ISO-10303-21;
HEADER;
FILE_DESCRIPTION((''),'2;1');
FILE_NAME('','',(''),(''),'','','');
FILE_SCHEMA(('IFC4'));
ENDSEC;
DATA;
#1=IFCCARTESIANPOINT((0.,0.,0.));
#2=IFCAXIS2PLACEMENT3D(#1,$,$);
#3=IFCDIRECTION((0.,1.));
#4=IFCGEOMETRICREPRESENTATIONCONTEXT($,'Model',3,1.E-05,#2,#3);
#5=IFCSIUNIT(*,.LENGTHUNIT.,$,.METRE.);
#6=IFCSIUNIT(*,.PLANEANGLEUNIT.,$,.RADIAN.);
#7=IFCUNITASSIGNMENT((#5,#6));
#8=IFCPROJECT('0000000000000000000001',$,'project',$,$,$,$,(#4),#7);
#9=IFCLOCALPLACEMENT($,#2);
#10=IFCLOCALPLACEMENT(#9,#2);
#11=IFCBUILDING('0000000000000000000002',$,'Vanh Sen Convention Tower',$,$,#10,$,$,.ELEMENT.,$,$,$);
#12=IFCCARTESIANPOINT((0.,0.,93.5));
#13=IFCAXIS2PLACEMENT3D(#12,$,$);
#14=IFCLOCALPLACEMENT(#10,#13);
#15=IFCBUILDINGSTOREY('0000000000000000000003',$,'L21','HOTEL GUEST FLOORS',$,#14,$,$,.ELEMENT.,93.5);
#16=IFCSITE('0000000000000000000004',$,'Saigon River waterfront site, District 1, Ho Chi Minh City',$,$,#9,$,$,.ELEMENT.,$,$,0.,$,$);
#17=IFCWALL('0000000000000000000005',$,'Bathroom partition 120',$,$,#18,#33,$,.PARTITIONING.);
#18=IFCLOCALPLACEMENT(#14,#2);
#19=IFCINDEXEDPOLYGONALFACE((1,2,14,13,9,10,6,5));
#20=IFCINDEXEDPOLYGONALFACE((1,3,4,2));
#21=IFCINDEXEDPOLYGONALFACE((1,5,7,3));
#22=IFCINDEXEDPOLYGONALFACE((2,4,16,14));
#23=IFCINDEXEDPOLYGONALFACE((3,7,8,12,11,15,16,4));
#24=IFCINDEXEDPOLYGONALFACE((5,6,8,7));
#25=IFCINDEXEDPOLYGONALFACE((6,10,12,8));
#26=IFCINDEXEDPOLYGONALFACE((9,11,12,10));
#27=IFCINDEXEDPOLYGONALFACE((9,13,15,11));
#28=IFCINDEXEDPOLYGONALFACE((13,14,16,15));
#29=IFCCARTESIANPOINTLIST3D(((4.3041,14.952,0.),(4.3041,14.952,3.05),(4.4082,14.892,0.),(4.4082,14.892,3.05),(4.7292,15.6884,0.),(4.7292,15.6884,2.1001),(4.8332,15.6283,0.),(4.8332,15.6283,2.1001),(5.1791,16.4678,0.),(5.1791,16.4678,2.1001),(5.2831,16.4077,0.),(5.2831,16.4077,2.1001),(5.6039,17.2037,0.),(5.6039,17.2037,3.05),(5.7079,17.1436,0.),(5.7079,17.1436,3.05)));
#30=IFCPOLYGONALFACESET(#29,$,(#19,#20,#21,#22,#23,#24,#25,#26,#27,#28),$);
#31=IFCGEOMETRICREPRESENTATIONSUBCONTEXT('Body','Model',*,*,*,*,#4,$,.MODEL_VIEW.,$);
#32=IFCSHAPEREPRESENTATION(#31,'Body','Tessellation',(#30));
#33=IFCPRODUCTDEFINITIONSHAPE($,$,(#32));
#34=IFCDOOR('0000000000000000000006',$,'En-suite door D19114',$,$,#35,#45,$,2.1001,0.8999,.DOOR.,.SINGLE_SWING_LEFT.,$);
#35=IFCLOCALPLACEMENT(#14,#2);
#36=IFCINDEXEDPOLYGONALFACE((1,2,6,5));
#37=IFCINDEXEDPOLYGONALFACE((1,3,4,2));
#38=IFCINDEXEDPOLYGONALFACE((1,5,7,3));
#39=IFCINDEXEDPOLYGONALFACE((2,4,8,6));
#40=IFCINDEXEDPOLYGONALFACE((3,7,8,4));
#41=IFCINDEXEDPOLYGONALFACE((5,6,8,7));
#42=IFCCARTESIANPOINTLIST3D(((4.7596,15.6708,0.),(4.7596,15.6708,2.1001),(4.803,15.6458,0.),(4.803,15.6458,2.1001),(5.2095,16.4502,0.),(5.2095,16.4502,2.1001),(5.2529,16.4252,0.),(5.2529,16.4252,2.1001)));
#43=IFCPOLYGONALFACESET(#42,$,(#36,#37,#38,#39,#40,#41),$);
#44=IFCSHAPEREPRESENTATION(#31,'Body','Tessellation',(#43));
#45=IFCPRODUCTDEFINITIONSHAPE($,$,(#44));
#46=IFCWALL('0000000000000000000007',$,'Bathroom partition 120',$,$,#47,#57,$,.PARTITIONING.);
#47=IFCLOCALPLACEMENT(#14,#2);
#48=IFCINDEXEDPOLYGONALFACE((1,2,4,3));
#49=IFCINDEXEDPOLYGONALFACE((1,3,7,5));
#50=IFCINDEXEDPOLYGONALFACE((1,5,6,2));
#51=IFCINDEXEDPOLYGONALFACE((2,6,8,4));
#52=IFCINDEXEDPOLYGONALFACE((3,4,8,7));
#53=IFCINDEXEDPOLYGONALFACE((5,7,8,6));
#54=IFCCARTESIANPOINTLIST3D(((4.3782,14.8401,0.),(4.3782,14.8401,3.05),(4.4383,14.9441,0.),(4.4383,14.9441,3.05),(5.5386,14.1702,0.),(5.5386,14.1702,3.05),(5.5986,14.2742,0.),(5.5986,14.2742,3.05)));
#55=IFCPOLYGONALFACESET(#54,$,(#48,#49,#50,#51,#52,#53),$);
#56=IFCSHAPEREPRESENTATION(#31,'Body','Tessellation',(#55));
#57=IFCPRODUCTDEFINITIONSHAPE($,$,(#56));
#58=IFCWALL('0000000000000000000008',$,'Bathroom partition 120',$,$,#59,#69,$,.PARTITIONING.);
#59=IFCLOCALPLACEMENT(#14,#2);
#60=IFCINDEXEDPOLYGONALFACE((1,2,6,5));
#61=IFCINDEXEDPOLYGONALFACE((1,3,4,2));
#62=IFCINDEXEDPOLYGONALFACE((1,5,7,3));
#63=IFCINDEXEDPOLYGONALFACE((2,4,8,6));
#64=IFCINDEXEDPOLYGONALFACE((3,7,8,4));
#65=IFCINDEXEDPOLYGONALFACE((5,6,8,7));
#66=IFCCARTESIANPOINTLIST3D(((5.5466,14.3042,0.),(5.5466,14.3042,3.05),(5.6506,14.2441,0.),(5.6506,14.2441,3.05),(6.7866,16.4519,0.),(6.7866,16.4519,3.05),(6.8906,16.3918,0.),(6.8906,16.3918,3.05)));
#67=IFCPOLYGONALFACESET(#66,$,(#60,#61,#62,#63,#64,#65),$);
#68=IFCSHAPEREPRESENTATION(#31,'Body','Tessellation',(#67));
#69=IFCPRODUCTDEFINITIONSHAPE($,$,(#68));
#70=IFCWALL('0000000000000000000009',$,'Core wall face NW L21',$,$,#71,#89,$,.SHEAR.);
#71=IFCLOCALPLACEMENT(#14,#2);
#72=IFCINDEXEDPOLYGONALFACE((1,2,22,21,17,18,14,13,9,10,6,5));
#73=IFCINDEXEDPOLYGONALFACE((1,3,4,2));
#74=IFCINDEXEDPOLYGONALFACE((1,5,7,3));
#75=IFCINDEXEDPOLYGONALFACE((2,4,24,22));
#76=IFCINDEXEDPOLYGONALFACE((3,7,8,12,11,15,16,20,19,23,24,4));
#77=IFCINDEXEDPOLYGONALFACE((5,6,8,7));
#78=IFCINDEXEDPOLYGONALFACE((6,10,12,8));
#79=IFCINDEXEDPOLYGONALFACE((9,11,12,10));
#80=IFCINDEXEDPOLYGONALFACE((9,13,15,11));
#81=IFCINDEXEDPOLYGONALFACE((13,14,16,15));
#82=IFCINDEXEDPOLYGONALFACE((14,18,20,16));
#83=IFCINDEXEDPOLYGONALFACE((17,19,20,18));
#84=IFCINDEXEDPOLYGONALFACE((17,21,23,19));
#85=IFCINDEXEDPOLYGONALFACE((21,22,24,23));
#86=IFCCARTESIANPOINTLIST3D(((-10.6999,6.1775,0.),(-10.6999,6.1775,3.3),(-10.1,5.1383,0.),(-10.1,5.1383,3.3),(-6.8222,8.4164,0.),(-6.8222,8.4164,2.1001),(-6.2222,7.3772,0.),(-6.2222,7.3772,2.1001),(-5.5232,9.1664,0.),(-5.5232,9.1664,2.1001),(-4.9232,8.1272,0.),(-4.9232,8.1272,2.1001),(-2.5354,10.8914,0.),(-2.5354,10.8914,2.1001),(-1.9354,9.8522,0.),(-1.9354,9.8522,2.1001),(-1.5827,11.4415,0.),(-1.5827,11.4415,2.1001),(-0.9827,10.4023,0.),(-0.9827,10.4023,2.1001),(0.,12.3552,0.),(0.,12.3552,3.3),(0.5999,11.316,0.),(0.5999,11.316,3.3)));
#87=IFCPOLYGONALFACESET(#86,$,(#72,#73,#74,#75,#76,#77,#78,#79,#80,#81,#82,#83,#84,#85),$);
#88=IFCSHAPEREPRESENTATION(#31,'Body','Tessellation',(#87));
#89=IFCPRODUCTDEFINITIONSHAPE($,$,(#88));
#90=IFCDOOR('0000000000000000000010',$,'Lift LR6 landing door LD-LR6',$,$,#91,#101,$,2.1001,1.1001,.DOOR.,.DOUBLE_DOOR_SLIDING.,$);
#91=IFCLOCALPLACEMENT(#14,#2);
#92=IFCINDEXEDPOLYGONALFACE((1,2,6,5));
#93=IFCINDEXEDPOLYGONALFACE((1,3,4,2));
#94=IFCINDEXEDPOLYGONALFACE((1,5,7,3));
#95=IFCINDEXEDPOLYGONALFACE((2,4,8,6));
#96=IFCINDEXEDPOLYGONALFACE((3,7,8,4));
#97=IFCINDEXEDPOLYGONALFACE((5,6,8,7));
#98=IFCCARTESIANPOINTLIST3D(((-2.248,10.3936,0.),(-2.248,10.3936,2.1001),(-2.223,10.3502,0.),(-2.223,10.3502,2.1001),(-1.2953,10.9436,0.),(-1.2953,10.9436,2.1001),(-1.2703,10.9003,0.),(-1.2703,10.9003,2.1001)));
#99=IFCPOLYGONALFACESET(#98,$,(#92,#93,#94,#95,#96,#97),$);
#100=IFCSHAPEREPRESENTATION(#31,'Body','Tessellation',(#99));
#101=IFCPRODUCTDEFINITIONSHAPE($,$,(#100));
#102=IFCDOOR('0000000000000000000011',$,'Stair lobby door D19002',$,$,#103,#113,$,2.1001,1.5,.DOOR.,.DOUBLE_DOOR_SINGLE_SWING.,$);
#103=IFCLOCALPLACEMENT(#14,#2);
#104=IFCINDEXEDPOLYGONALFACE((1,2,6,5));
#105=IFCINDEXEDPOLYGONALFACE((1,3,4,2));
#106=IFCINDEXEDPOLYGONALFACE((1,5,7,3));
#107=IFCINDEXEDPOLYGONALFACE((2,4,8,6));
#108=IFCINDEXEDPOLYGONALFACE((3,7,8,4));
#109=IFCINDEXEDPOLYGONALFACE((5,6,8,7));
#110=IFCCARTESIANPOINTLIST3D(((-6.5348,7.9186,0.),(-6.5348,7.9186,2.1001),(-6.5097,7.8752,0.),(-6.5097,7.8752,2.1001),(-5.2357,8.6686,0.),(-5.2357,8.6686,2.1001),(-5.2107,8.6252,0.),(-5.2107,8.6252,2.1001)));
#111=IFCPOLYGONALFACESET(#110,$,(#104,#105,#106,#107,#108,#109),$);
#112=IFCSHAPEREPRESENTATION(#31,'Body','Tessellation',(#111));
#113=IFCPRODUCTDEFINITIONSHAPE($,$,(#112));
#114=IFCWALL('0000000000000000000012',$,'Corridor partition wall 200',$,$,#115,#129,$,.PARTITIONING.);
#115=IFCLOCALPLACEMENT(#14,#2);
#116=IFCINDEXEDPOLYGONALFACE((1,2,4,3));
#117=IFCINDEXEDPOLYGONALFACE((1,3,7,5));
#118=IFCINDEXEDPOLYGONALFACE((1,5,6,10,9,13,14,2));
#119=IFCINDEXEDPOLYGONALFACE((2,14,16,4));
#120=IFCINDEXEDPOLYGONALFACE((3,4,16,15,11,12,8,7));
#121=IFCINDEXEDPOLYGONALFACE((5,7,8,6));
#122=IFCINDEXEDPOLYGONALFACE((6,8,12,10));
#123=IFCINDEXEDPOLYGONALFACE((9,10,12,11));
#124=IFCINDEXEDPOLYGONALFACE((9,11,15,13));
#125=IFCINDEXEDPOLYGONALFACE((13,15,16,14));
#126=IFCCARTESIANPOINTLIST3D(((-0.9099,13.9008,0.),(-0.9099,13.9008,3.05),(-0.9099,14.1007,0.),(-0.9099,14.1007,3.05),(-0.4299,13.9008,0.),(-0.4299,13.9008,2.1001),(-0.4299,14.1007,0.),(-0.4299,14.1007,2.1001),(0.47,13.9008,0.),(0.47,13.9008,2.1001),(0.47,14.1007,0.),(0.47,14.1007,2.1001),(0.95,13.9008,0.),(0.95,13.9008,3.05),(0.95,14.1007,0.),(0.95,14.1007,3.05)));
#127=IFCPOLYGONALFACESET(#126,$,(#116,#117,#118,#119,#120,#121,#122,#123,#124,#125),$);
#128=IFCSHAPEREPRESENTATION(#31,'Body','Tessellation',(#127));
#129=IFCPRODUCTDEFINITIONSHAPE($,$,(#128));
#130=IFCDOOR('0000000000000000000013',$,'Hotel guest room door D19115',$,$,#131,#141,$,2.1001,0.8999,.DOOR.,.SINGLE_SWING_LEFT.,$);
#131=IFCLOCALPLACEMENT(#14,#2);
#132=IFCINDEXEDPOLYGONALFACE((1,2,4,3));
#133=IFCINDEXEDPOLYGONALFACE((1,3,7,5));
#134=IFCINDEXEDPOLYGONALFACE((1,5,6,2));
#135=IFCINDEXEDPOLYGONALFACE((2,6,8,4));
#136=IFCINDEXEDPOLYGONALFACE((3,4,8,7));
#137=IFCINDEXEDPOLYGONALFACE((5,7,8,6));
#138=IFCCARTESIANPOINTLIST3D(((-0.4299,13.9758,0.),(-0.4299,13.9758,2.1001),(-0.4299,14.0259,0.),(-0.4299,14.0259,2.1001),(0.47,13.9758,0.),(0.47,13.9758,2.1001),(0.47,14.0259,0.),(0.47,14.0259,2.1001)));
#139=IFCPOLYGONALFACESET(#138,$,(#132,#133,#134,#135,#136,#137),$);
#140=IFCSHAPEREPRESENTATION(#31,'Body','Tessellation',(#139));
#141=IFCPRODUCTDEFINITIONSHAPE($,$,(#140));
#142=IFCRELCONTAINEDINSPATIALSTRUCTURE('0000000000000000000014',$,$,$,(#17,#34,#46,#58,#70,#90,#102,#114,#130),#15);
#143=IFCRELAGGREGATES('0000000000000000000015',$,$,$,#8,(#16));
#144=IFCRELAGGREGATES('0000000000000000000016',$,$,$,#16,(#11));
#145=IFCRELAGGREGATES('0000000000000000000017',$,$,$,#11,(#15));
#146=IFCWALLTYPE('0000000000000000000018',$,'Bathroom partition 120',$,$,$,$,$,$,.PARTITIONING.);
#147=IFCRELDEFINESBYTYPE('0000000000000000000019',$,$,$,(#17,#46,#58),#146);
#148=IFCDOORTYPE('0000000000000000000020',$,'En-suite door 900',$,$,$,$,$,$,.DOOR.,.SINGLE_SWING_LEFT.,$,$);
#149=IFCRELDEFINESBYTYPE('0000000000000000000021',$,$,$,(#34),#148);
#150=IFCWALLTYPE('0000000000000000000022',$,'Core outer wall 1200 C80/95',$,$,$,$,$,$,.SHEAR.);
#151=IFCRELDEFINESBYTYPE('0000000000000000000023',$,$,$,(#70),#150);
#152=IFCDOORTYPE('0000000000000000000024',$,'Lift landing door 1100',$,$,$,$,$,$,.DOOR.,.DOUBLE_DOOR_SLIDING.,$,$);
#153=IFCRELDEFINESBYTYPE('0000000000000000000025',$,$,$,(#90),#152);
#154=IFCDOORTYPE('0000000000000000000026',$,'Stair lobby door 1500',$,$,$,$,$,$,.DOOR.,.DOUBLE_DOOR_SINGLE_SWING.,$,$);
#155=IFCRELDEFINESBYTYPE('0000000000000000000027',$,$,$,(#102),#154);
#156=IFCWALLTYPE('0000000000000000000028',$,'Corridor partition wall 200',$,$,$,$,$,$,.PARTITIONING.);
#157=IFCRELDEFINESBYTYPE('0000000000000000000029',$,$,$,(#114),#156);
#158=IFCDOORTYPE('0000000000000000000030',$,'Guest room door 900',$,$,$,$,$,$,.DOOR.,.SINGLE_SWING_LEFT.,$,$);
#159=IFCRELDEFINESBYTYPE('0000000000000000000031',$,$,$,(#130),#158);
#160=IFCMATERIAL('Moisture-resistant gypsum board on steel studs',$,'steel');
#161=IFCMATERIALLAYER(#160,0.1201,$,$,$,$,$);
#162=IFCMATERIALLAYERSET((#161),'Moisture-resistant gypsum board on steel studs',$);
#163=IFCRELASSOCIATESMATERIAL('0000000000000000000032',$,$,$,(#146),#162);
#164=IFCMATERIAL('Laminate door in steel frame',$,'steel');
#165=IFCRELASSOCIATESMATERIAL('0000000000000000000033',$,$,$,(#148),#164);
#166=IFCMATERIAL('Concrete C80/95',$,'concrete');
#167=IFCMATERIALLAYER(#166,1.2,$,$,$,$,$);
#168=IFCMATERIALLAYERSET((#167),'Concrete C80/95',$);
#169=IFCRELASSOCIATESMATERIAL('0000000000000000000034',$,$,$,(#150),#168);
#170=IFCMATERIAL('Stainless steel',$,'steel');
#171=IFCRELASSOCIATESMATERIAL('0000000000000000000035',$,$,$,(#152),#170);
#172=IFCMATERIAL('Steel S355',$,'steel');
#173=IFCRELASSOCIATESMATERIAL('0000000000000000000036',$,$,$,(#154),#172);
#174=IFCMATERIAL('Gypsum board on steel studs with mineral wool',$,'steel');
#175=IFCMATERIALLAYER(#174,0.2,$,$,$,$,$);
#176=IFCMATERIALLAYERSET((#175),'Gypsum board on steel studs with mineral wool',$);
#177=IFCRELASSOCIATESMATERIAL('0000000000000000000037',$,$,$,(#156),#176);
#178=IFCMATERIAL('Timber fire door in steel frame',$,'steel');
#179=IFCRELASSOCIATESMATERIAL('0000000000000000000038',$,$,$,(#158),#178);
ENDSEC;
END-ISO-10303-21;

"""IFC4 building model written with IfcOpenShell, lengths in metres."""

from ifc_helpers import new_model, si_unit, direction, frame, frame_2d, origin, place, context, subcontext, project, spatial, rectangle, extrude, material, layer, layer_set, type_object, element, fill, save


model = new_model("IFC4")

# Units and contexts
model_context = context("Model", 3, precision=1e-05, world=origin(), true_north=direction((0.0, 1.0)))
body_context = subcontext(model_context, "Body", "Model", "MODEL_VIEW")
ifc_project = project(units=[si_unit("LENGTHUNIT", "METRE"), si_unit("PLANEANGLEUNIT", "RADIAN")], contexts=[model_context])

# Site, building, storey
site_placement = place(None, origin())
site = spatial("IfcSite", under=ifc_project, at=site_placement, Name="Saigon River waterfront site, District 1, Ho Chi Minh City", CompositionType="ELEMENT", RefElevation=0.0)
building_placement = place(site_placement, origin())
building = spatial("IfcBuilding", under=site, at=building_placement, Name="Vanh Sen Convention Tower", CompositionType="ELEMENT")
storey_placement = place(building_placement, frame((0.0, 0.0, 93.5)))
storey = spatial("IfcBuildingStorey", under=building, at=storey_placement, Name="L21", Description="HOTEL GUEST FLOORS", CompositionType="ELEMENT", Elevation=93.5)

# Wall, opening, door
ifc_material_1 = material(Name="Moisture-resistant gypsum board on steel studs", Category="steel")
ifc_layer_1 = layer(ifc_material_1, 0.1201)
ifc_layer_set_1 = layer_set([ifc_layer_1], Name="Moisture-resistant gypsum board on steel studs")
wall_type_1 = type_object("IfcWallType", Name="Bathroom partition 120", PredefinedType="PARTITIONING", material=ifc_layer_set_1)
wall_1_placement = place(storey_placement, frame((4.3562, 14.9221, 0.0), z_axis=(0.0, 0.0, 1.0), x_axis=(0.499937, 0.866062, 0.0)))
wall_1 = element("IfcWall", 1, at=wall_1_placement, inside=storey, type_object=wall_type_1, Name="Bathroom partition 120", PredefinedType="PARTITIONING", context=body_context, shape_type="SweptSolid", body=[
    extrude(rectangle(XDim=2.5999, YDim=0.1201, at=frame_2d((1.2998, 0.0))), origin(), (0.0, 0.0, 1.0), 3.05),
])
opening_1_placement = place(wall_1_placement, frame((0.8501, 0.0, 0.0)))
opening_1 = element("IfcOpeningElement", 2, at=opening_1_placement, cuts=wall_1, PredefinedType="OPENING", context=body_context, shape_type="SweptSolid", body=[
    extrude(rectangle(XDim=0.8999, YDim=2.1001, at=frame_2d((0.45, 1.05))), frame((0.0, 0.0701, 0.0), z_axis=(0.0, -1.0, 0.0), x_axis=(1.0, 0.0, 0.0)), (0.0, 0.0, 1.0), 0.1401),
])
ifc_material_2 = material(Name="Laminate door in steel frame", Category="steel")
door_type_1 = type_object("IfcDoorType", Name="En-suite door 900", OperationType="SINGLE_SWING_LEFT", PredefinedType="DOOR", material=ifc_material_2)
door_1_placement = place(opening_1_placement, origin())
door_1 = element("IfcDoor", 3, at=door_1_placement, inside=storey, type_object=door_type_1, Name="En-suite door D19114", OperationType="SINGLE_SWING_LEFT", OverallHeight=2.1001, OverallWidth=0.8999, PredefinedType="DOOR", context=body_context, shape_type="SweptSolid", body=[
    extrude(rectangle(XDim=0.8999, YDim=2.1001, at=frame_2d((0.45, 1.05))), frame((0.0, 0.0249, 0.0), z_axis=(0.0, -1.0, 0.0), x_axis=(1.0, 0.0, 0.0)), (0.0, 0.0, 1.0), 0.05),
])
fill(opening_1, door_1)

# Walls
wall_2_placement = place(storey_placement, frame((5.5686, 14.2222, 0.0), z_axis=(0.0, 0.0, 1.0), x_axis=(-0.866037, 0.49998, 0.0)))
element("IfcWall", 4, at=wall_2_placement, inside=storey, type_object=wall_type_1, Name="Bathroom partition 120", PredefinedType="PARTITIONING", context=body_context, shape_type="SweptSolid", body=[
    extrude(rectangle(XDim=1.3398, YDim=0.1201, at=frame_2d((0.6699, 0.0))), origin(), (0.0, 0.0, 1.0), 3.05),
])
wall_3_placement = place(storey_placement, frame((6.8386, 16.4219, 0.0), z_axis=(0.0, 0.0, 1.0), x_axis=(-0.500004, -0.866023, 0.0)))
element("IfcWall", 5, at=wall_3_placement, inside=storey, type_object=wall_type_1, Name="Bathroom partition 120", PredefinedType="PARTITIONING", context=body_context, shape_type="SweptSolid", body=[
    extrude(rectangle(XDim=2.48, YDim=0.1201, at=frame_2d((1.24, 0.0))), origin(), (0.0, 0.0, 1.0), 3.05),
])

# Wall, openings, doors
ifc_material_3 = material(Name="Concrete C80/95", Category="concrete")
ifc_layer_2 = layer(ifc_material_3, 1.2)
ifc_layer_set_2 = layer_set([ifc_layer_2], Name="Concrete C80/95")
wall_type_2 = type_object("IfcWallType", Name="Core outer wall 1200 C80/95", PredefinedType="SHEAR", material=ifc_layer_set_2)
wall_4_placement = place(storey_placement, frame((0.3, 11.8357, 0.0), z_axis=(0.0, 0.0, 1.0), x_axis=(-0.866021, -0.500007, 0.0)))
wall_4 = element("IfcWall", 6, at=wall_4_placement, inside=storey, type_object=wall_type_2, Name="Core wall face NW L21", PredefinedType="SHEAR", context=body_context, shape_type="SweptSolid", body=[
    extrude(rectangle(XDim=12.3552, YDim=1.2, at=frame_2d((6.1777, 0.0))), origin(), (0.0, 0.0, 1.0), 3.3),
])
opening_2_placement = place(wall_4_placement, frame((6.3777, 0.0, 0.0)))
opening_2 = element("IfcOpeningElement", 7, at=opening_2_placement, cuts=wall_4, PredefinedType="OPENING", context=body_context, shape_type="SweptSolid", body=[
    extrude(rectangle(XDim=1.5, YDim=2.1001, at=frame_2d((0.75, 1.05))), frame((0.0, 0.6099, 0.0), z_axis=(0.0, -1.0, 0.0), x_axis=(1.0, 0.0, 0.0)), (0.0, 0.0, 1.0), 1.22),
])
opening_3_placement = place(wall_4_placement, frame((1.8276, 0.0, 0.0)))
opening_3 = element("IfcOpeningElement", 8, at=opening_3_placement, cuts=wall_4, PredefinedType="OPENING", context=body_context, shape_type="SweptSolid", body=[
    extrude(rectangle(XDim=1.1001, YDim=2.1001, at=frame_2d((0.55, 1.05))), frame((0.0, 0.6099, 0.0), z_axis=(0.0, -1.0, 0.0), x_axis=(1.0, 0.0, 0.0)), (0.0, 0.0, 1.0), 1.22),
])
ifc_material_4 = material(Name="Stainless steel", Category="steel")
door_type_2 = type_object("IfcDoorType", Name="Lift landing door 1100", OperationType="DOUBLE_DOOR_SLIDING", PredefinedType="DOOR", material=ifc_material_4)
door_2_placement = place(opening_3_placement, origin())
door_2 = element("IfcDoor", 9, at=door_2_placement, inside=storey, type_object=door_type_2, Name="Lift LR6 landing door LD-LR6", OperationType="DOUBLE_DOOR_SLIDING", OverallHeight=2.1001, OverallWidth=1.1001, PredefinedType="DOOR", context=body_context, shape_type="SweptSolid", body=[
    extrude(rectangle(XDim=1.1001, YDim=2.1001, at=frame_2d((0.55, 1.05))), frame((0.0, 0.0249, 0.0), z_axis=(0.0, -1.0, 0.0), x_axis=(1.0, 0.0, 0.0)), (0.0, 0.0, 1.0), 0.05),
])
fill(opening_3, door_2)
ifc_material_5 = material(Name="Steel S355", Category="steel")
door_type_3 = type_object("IfcDoorType", Name="Stair lobby door 1500", OperationType="DOUBLE_DOOR_SINGLE_SWING", PredefinedType="DOOR", material=ifc_material_5)
door_3_placement = place(opening_2_placement, origin())
door_3 = element("IfcDoor", 10, at=door_3_placement, inside=storey, type_object=door_type_3, Name="Stair lobby door D19002", OperationType="DOUBLE_DOOR_SINGLE_SWING", OverallHeight=2.1001, OverallWidth=1.5, PredefinedType="DOOR", context=body_context, shape_type="SweptSolid", body=[
    extrude(rectangle(XDim=1.5, YDim=2.1001, at=frame_2d((0.75, 1.05))), frame((0.0, 0.0249, 0.0), z_axis=(0.0, -1.0, 0.0), x_axis=(1.0, 0.0, 0.0)), (0.0, 0.0, 1.0), 0.05),
])
fill(opening_2, door_3)

# Wall, opening, door
ifc_material_6 = material(Name="Gypsum board on steel studs with mineral wool", Category="steel")
ifc_layer_3 = layer(ifc_material_6, 0.2)
ifc_layer_set_3 = layer_set([ifc_layer_3], Name="Gypsum board on steel studs with mineral wool")
wall_type_3 = type_object("IfcWallType", Name="Corridor partition wall 200", PredefinedType="PARTITIONING", material=ifc_layer_set_3)
wall_5_placement = place(storey_placement, frame((0.95, 14.0007, 0.0), z_axis=(0.0, 0.0, 1.0), x_axis=(-1.0, 0.0, 0.0)))
wall_5 = element("IfcWall", 11, at=wall_5_placement, inside=storey, type_object=wall_type_3, Name="Corridor partition wall 200", PredefinedType="PARTITIONING", context=body_context, shape_type="SweptSolid", body=[
    extrude(rectangle(XDim=1.8599, YDim=0.2, at=frame_2d((0.9299, 0.0))), origin(), (0.0, 0.0, 1.0), 3.05),
])
opening_4_placement = place(wall_5_placement, frame((0.48, 0.0, 0.0)))
opening_4 = element("IfcOpeningElement", 12, at=opening_4_placement, cuts=wall_5, PredefinedType="OPENING", context=body_context, shape_type="SweptSolid", body=[
    extrude(rectangle(XDim=0.8999, YDim=2.1001, at=frame_2d((0.45, 1.05))), frame((0.0, 0.1099, 0.0), z_axis=(0.0, -1.0, 0.0), x_axis=(1.0, 0.0, 0.0)), (0.0, 0.0, 1.0), 0.22),
])
ifc_material_7 = material(Name="Timber fire door in steel frame", Category="steel")
door_type_4 = type_object("IfcDoorType", Name="Guest room door 900", OperationType="SINGLE_SWING_LEFT", PredefinedType="DOOR", material=ifc_material_7)
door_4_placement = place(opening_4_placement, origin())
door_4 = element("IfcDoor", 13, at=door_4_placement, inside=storey, type_object=door_type_4, Name="Hotel guest room door D19115", OperationType="SINGLE_SWING_LEFT", OverallHeight=2.1001, OverallWidth=0.8999, PredefinedType="DOOR", context=body_context, shape_type="SweptSolid", body=[
    extrude(rectangle(XDim=0.8999, YDim=2.1001, at=frame_2d((0.45, 1.05))), frame((0.0, 0.0249, 0.0), z_axis=(0.0, -1.0, 0.0), x_axis=(1.0, 0.0, 0.0)), (0.0, 0.0, 1.0), 0.05),
])
fill(opening_4, door_4)

save(model, "model.ifc")
